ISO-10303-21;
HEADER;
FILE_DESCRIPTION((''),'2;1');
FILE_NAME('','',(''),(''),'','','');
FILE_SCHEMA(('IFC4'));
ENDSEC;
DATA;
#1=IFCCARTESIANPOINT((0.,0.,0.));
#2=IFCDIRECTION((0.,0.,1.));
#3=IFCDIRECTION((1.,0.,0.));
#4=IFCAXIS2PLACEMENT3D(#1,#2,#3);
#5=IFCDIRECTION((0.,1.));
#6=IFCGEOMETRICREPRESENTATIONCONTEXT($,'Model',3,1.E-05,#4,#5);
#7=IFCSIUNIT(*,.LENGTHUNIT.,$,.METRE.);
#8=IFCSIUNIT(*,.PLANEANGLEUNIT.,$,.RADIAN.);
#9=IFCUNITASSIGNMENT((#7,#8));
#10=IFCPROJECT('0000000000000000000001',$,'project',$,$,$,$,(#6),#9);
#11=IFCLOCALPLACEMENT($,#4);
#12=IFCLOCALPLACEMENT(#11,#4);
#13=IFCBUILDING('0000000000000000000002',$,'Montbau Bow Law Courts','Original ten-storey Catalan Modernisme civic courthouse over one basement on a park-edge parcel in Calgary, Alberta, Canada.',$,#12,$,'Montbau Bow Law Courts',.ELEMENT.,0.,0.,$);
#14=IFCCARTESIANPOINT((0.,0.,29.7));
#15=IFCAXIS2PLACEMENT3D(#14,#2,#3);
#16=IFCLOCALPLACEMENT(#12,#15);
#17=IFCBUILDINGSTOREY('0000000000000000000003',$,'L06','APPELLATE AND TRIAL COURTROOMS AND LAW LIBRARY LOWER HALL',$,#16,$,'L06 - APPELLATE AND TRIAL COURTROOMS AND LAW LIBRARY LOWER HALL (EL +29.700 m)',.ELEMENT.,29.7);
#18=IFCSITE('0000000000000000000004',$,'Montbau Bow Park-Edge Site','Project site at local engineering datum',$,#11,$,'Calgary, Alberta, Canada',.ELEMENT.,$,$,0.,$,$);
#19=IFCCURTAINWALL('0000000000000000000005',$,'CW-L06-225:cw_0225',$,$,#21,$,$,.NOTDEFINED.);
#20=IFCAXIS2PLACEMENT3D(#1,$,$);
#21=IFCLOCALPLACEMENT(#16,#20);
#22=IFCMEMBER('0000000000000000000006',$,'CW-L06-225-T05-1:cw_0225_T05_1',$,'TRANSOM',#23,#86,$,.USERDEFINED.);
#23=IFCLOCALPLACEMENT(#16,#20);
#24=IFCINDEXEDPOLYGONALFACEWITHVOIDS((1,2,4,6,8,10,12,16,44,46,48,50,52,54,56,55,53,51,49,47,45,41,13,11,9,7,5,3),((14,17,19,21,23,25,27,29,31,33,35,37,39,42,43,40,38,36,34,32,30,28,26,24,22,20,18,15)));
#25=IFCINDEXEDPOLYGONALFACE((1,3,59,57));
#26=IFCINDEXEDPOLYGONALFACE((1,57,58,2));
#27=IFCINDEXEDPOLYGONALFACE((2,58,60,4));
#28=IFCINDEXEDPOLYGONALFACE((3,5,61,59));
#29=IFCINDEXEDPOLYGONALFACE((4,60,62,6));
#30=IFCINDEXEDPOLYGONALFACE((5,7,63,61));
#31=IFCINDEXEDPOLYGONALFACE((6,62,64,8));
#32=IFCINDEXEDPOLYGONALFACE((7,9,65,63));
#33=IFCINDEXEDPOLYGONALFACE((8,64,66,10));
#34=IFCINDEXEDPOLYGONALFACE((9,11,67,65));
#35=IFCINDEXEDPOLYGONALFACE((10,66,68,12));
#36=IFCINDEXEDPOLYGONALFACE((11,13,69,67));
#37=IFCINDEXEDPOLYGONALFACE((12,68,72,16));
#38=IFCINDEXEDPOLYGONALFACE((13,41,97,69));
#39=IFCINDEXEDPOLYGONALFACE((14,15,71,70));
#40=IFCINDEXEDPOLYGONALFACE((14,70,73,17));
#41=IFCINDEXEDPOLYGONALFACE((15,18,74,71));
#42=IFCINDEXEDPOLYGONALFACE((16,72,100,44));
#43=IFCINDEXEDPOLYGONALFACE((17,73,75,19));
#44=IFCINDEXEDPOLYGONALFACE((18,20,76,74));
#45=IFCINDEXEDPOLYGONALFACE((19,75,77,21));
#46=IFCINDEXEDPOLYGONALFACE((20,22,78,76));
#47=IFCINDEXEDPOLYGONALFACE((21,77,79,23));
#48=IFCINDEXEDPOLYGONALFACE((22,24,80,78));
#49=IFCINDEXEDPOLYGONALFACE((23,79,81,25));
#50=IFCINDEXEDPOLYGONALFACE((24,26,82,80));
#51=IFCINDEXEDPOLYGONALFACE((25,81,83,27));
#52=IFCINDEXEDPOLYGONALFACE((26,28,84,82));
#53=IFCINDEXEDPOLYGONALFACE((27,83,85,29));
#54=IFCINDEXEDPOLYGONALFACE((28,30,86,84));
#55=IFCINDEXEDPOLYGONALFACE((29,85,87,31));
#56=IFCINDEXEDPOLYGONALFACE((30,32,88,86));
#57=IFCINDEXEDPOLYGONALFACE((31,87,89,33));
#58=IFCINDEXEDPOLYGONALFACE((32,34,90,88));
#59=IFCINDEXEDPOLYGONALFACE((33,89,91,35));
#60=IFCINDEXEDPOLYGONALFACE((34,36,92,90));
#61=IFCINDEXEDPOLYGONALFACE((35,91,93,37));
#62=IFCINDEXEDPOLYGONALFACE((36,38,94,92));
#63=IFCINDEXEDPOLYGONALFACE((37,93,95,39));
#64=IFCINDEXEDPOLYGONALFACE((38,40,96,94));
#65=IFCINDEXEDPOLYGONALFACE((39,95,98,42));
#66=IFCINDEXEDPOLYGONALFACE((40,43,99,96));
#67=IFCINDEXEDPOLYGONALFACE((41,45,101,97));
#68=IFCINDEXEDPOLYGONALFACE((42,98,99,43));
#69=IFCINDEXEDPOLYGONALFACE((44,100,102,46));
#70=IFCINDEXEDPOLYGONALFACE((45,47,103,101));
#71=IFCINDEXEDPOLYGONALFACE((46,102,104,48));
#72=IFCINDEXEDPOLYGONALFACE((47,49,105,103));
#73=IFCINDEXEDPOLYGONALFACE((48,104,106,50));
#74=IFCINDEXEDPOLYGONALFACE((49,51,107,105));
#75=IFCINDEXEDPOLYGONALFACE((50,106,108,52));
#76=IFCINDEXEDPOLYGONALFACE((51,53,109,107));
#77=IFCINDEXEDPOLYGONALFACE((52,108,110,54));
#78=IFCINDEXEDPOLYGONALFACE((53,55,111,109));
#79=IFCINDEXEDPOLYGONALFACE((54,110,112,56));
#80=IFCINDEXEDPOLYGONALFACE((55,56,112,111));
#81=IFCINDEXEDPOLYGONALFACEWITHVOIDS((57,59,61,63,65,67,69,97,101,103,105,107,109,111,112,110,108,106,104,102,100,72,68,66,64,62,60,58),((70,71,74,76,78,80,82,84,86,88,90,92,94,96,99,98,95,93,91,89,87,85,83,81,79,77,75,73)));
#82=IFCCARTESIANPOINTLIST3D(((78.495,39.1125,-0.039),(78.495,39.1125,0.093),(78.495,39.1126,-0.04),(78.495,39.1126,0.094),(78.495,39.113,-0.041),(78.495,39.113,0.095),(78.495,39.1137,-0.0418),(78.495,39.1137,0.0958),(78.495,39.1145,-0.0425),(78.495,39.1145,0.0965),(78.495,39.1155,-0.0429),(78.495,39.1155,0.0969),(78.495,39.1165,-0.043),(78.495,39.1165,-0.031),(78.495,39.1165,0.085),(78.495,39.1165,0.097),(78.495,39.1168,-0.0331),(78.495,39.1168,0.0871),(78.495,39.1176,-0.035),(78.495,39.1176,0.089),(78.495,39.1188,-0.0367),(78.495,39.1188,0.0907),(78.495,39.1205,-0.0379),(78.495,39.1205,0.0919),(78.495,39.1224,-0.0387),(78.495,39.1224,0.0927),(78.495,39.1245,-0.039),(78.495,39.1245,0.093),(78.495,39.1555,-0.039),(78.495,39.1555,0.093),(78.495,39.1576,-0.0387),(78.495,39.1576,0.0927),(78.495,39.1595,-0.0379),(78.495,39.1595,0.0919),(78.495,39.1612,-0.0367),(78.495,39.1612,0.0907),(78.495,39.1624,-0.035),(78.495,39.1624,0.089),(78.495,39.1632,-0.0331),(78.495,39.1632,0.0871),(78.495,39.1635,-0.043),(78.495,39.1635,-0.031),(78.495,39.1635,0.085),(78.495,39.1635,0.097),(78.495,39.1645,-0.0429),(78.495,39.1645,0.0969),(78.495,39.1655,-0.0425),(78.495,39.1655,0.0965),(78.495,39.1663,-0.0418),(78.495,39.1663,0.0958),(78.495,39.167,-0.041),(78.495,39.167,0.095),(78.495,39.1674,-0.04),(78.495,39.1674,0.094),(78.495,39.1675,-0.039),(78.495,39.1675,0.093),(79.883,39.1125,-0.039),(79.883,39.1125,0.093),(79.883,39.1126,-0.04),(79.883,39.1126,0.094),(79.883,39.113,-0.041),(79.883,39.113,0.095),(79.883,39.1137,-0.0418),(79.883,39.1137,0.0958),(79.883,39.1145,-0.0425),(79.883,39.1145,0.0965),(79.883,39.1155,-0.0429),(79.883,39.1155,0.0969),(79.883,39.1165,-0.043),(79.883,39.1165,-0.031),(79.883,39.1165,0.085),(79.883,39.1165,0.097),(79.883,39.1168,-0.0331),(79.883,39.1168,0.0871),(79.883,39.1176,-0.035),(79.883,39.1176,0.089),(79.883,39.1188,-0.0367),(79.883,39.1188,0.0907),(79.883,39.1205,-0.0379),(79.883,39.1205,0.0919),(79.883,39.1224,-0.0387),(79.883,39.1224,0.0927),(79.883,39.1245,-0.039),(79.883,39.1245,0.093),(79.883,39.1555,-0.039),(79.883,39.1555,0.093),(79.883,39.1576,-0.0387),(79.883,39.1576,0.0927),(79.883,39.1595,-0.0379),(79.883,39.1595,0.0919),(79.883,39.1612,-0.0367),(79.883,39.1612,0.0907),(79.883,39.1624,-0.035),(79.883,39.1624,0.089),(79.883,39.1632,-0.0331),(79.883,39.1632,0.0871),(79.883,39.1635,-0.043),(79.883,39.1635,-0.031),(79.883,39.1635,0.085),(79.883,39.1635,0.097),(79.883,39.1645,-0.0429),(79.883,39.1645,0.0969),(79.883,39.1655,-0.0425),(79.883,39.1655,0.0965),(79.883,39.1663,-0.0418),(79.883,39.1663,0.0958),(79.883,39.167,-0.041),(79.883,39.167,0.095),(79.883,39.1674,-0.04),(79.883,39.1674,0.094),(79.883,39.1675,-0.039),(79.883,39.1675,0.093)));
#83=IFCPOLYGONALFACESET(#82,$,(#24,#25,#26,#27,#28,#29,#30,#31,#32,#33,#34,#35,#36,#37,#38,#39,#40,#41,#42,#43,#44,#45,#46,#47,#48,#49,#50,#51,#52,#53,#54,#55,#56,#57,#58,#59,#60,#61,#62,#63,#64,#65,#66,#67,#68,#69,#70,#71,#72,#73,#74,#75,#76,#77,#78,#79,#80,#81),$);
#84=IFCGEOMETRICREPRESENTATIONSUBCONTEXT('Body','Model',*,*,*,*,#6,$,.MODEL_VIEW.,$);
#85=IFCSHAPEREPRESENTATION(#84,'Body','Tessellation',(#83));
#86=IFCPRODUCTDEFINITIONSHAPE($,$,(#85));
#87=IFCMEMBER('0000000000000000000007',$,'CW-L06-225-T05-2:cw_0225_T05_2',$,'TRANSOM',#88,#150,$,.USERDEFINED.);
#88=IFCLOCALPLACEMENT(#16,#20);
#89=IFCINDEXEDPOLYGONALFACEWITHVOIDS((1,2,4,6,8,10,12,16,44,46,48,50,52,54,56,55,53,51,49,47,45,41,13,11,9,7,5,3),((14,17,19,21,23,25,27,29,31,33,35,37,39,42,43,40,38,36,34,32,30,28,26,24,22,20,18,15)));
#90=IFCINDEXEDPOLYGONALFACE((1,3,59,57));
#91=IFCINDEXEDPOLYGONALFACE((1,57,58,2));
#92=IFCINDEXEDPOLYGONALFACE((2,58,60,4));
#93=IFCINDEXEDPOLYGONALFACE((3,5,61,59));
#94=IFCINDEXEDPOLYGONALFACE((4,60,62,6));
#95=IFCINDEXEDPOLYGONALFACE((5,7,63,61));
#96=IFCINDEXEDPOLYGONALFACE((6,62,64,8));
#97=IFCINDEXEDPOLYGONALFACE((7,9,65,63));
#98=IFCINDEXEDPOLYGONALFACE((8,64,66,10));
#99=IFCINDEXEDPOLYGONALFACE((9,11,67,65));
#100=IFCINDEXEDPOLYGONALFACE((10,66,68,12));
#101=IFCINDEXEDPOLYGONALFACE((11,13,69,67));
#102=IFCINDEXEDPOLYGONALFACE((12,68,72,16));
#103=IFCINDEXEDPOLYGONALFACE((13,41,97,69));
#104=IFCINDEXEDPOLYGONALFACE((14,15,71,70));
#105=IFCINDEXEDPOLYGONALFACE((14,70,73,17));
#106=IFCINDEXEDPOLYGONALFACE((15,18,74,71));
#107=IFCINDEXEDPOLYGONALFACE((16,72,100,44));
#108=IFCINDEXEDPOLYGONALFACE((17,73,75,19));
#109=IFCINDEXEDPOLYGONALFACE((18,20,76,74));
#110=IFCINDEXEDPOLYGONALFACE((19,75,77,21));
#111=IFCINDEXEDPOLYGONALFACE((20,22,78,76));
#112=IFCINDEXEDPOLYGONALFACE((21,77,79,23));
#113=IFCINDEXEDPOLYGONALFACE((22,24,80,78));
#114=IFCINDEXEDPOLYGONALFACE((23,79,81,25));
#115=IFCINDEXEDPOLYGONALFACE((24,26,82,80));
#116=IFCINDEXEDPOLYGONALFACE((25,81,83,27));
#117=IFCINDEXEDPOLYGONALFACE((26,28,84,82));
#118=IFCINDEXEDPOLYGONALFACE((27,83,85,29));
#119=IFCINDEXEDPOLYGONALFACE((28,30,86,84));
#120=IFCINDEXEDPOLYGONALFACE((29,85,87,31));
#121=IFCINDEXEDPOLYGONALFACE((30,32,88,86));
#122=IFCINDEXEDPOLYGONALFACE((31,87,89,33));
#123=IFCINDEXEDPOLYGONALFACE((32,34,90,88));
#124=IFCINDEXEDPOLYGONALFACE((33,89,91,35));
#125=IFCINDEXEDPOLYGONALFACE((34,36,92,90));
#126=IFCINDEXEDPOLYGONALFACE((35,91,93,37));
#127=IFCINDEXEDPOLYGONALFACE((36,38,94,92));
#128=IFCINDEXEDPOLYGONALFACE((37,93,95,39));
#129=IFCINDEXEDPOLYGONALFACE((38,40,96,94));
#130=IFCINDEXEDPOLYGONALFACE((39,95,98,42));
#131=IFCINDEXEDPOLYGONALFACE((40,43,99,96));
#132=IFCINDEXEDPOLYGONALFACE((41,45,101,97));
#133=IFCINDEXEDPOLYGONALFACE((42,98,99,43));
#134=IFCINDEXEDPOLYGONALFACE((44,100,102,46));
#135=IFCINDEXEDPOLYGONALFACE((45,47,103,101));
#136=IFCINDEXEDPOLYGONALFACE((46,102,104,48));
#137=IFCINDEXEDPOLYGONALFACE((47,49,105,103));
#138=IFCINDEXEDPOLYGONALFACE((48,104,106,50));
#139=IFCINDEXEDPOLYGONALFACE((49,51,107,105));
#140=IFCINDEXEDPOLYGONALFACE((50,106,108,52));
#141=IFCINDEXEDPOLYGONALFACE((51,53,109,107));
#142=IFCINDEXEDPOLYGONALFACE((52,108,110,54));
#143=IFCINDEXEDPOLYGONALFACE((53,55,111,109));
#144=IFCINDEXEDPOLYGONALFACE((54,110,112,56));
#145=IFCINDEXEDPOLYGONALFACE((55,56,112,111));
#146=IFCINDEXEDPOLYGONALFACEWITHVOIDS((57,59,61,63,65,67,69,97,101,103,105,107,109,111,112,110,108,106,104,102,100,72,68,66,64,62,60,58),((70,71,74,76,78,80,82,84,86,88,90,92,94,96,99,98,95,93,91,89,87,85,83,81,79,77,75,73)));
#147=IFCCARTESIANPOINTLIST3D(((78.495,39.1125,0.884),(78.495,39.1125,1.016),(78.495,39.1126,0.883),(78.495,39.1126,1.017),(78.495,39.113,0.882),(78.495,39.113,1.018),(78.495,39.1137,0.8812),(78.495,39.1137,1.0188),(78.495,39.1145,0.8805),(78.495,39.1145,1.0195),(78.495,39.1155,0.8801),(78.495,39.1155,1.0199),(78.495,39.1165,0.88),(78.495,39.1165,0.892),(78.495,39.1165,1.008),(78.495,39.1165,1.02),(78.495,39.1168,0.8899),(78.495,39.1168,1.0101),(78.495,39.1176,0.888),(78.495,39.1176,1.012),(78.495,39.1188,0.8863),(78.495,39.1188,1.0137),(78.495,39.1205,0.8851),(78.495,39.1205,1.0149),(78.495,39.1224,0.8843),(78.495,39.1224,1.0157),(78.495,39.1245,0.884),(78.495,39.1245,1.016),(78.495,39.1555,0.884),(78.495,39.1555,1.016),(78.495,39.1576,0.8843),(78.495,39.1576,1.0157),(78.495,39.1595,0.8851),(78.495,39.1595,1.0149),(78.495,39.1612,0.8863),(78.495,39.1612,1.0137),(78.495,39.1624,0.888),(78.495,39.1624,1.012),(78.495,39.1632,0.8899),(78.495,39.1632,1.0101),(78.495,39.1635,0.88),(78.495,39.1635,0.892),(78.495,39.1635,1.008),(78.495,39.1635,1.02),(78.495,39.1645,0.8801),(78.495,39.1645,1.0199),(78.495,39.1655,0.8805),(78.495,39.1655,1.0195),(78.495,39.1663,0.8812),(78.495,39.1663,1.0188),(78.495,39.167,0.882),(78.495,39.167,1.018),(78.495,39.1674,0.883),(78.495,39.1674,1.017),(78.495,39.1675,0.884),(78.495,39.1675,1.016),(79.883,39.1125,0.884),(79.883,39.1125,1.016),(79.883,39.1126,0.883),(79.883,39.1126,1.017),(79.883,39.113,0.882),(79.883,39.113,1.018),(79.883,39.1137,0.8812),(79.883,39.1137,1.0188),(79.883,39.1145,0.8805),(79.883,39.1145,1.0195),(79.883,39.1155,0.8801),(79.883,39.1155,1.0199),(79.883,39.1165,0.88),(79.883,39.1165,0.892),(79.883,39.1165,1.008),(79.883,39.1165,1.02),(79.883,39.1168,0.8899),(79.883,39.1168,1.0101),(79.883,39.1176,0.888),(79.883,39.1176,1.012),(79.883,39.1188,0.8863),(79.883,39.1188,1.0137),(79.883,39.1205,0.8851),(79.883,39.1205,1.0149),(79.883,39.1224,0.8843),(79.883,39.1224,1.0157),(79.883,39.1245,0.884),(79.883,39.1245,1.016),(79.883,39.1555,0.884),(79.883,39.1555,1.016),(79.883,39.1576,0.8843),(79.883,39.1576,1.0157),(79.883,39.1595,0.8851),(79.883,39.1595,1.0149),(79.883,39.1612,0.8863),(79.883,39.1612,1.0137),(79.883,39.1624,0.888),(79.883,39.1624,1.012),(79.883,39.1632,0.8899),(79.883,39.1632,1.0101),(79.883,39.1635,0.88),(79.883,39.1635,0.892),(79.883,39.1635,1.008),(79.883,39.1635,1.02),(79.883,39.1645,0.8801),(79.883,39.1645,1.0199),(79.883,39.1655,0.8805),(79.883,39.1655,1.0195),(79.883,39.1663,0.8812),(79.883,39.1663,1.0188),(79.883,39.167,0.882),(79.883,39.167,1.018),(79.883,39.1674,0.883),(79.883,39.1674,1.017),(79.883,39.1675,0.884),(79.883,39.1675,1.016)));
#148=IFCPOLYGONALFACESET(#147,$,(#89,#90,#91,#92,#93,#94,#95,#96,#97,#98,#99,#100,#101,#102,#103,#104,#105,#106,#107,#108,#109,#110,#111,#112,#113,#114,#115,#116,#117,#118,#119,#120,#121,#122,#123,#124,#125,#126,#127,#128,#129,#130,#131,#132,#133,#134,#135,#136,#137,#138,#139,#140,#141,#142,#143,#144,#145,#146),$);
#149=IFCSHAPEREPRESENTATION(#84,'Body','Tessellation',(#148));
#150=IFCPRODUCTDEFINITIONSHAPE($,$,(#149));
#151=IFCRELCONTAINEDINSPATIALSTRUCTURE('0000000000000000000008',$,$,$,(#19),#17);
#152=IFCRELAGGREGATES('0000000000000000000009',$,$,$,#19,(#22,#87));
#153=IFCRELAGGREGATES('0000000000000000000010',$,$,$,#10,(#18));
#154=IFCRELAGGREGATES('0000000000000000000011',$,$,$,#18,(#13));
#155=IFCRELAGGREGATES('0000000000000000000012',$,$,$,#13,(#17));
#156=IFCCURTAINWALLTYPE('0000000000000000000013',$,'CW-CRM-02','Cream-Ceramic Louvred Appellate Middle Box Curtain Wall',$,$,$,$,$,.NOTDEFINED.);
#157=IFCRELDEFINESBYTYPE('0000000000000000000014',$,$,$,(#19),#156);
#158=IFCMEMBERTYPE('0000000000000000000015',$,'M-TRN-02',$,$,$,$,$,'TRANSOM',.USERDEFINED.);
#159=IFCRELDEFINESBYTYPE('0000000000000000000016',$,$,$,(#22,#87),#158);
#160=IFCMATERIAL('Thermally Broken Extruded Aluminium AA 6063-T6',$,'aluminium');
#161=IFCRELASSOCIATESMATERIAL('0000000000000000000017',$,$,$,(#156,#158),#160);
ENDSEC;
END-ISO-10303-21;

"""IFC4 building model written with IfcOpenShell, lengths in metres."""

from ifc_helpers import new_model, si_unit, direction, frame, origin_with_axes, origin_2d_with_axis, place, context, subcontext, project, spatial, hollow_rectangle, extrude, material, material_profile, profile_set, type_object, element, aggregate, save


model = new_model("IFC4")

# Units and contexts
model_context = context("Model", 3, precision=1e-05, world=origin_with_axes(), true_north=direction((0.0, 1.0)))
body_context = subcontext(model_context, "Body", "Model", "MODEL_VIEW")
ifc_project = project(units=[si_unit("LENGTHUNIT", "METRE"), si_unit("PLANEANGLEUNIT", "RADIAN")], contexts=[model_context])

# Site, building, storey
site_placement = place(None, origin_with_axes())
site = spatial("IfcSite", under=ifc_project, at=site_placement, Name="Montbau Bow Park-Edge Site", Description="Project site at local engineering datum", LongName="Calgary, Alberta, Canada", CompositionType="ELEMENT", RefElevation=0.0)
building_placement = place(site_placement, origin_with_axes())
building = spatial("IfcBuilding", under=site, at=building_placement, Name="Montbau Bow Law Courts", Description="Original ten-storey Catalan Modernisme civic courthouse over one basement on a park-edge parcel in Calgary, Alberta, Canada.", LongName="Montbau Bow Law Courts", CompositionType="ELEMENT", ElevationOfRefHeight=0.0, ElevationOfTerrain=0.0)
storey_placement = place(building_placement, frame((0.0, 0.0, 29.7), z_axis=(0.0, 0.0, 1.0), x_axis=(1.0, 0.0, 0.0)))
storey = spatial("IfcBuildingStorey", under=building, at=storey_placement, Name="L06", Description="APPELLATE AND TRIAL COURTROOMS AND LAW LIBRARY LOWER HALL", LongName="L06 - APPELLATE AND TRIAL COURTROOMS AND LAW LIBRARY LOWER HALL (EL +29.700 m)", CompositionType="ELEMENT", Elevation=29.7)

# Curtain wall
ifc_material_1 = material(Name="Thermally Broken Extruded Aluminium AA 6063-T6", Category="aluminium")
curtain_wall_type = type_object("IfcCurtainWallType", Name="CW-CRM-02", Description="Cream-Ceramic Louvred Appellate Middle Box Curtain Wall", PredefinedType="NOTDEFINED", material=ifc_material_1)
curtain_wall_1_placement = place(None, frame((72.44, 39.14, 29.7), z_axis=(0.0, 0.0, 1.0), x_axis=(1.0, 0.0, 0.0)))
curtain_wall_1 = element("IfcCurtainWall", 1, at=curtain_wall_1_placement, inside=storey, type_object=curtain_wall_type, Name="CW-L06-225:cw_0225", PredefinedType="NOTDEFINED")

# Members
ifc_material_profile_1 = material_profile(ifc_material_1, hollow_rectangle(XDim=0.055, YDim=0.14, WallThickness=0.004, InnerFilletRadius=0.008, OuterFilletRadius=0.004, at=origin_2d_with_axis()), Name="CWT-140X55", Category="Main", Priority=0)
ifc_profile_set_1 = profile_set([ifc_material_profile_1], Name="Thermally Broken Extruded Aluminium AA 6063-T6")
member_type_1 = type_object("IfcMemberType", Name="M-TRN-02", ElementType="TRANSOM", PredefinedType="USERDEFINED", material=ifc_profile_set_1)
member_1_placement = place(None, frame((78.495, 39.14, 29.727), z_axis=(1.0, 0.0, 0.0), x_axis=(0.0, 1.0, 0.0)))
member_1 = element("IfcMember", 2, at=member_1_placement, type_object=member_type_1, Name="CW-L06-225-T05-1:cw_0225_T05_1", ObjectType="TRANSOM", PredefinedType="USERDEFINED", context=body_context, shape_type="SweptSolid", body=[
    extrude(hollow_rectangle(XDim=0.055, YDim=0.14, WallThickness=0.004, InnerFilletRadius=0.008, OuterFilletRadius=0.004, at=origin_2d_with_axis()), origin_with_axes(), (0.0, 0.0, 1.0), 1.388),
])
member_2_placement = place(None, frame((78.495, 39.14, 30.65), z_axis=(1.0, 0.0, 0.0), x_axis=(0.0, 1.0, 0.0)))
member_2 = element("IfcMember", 3, at=member_2_placement, type_object=member_type_1, Name="CW-L06-225-T05-2:cw_0225_T05_2", ObjectType="TRANSOM", PredefinedType="USERDEFINED", context=body_context, shape_type="SweptSolid", body=[
    extrude(hollow_rectangle(XDim=0.055, YDim=0.14, WallThickness=0.004, InnerFilletRadius=0.008, OuterFilletRadius=0.004, at=origin_2d_with_axis()), origin_with_axes(), (0.0, 0.0, 1.0), 1.388),
])

aggregate(curtain_wall_1, [member_1, member_2])

save(model, "model.ifc")
